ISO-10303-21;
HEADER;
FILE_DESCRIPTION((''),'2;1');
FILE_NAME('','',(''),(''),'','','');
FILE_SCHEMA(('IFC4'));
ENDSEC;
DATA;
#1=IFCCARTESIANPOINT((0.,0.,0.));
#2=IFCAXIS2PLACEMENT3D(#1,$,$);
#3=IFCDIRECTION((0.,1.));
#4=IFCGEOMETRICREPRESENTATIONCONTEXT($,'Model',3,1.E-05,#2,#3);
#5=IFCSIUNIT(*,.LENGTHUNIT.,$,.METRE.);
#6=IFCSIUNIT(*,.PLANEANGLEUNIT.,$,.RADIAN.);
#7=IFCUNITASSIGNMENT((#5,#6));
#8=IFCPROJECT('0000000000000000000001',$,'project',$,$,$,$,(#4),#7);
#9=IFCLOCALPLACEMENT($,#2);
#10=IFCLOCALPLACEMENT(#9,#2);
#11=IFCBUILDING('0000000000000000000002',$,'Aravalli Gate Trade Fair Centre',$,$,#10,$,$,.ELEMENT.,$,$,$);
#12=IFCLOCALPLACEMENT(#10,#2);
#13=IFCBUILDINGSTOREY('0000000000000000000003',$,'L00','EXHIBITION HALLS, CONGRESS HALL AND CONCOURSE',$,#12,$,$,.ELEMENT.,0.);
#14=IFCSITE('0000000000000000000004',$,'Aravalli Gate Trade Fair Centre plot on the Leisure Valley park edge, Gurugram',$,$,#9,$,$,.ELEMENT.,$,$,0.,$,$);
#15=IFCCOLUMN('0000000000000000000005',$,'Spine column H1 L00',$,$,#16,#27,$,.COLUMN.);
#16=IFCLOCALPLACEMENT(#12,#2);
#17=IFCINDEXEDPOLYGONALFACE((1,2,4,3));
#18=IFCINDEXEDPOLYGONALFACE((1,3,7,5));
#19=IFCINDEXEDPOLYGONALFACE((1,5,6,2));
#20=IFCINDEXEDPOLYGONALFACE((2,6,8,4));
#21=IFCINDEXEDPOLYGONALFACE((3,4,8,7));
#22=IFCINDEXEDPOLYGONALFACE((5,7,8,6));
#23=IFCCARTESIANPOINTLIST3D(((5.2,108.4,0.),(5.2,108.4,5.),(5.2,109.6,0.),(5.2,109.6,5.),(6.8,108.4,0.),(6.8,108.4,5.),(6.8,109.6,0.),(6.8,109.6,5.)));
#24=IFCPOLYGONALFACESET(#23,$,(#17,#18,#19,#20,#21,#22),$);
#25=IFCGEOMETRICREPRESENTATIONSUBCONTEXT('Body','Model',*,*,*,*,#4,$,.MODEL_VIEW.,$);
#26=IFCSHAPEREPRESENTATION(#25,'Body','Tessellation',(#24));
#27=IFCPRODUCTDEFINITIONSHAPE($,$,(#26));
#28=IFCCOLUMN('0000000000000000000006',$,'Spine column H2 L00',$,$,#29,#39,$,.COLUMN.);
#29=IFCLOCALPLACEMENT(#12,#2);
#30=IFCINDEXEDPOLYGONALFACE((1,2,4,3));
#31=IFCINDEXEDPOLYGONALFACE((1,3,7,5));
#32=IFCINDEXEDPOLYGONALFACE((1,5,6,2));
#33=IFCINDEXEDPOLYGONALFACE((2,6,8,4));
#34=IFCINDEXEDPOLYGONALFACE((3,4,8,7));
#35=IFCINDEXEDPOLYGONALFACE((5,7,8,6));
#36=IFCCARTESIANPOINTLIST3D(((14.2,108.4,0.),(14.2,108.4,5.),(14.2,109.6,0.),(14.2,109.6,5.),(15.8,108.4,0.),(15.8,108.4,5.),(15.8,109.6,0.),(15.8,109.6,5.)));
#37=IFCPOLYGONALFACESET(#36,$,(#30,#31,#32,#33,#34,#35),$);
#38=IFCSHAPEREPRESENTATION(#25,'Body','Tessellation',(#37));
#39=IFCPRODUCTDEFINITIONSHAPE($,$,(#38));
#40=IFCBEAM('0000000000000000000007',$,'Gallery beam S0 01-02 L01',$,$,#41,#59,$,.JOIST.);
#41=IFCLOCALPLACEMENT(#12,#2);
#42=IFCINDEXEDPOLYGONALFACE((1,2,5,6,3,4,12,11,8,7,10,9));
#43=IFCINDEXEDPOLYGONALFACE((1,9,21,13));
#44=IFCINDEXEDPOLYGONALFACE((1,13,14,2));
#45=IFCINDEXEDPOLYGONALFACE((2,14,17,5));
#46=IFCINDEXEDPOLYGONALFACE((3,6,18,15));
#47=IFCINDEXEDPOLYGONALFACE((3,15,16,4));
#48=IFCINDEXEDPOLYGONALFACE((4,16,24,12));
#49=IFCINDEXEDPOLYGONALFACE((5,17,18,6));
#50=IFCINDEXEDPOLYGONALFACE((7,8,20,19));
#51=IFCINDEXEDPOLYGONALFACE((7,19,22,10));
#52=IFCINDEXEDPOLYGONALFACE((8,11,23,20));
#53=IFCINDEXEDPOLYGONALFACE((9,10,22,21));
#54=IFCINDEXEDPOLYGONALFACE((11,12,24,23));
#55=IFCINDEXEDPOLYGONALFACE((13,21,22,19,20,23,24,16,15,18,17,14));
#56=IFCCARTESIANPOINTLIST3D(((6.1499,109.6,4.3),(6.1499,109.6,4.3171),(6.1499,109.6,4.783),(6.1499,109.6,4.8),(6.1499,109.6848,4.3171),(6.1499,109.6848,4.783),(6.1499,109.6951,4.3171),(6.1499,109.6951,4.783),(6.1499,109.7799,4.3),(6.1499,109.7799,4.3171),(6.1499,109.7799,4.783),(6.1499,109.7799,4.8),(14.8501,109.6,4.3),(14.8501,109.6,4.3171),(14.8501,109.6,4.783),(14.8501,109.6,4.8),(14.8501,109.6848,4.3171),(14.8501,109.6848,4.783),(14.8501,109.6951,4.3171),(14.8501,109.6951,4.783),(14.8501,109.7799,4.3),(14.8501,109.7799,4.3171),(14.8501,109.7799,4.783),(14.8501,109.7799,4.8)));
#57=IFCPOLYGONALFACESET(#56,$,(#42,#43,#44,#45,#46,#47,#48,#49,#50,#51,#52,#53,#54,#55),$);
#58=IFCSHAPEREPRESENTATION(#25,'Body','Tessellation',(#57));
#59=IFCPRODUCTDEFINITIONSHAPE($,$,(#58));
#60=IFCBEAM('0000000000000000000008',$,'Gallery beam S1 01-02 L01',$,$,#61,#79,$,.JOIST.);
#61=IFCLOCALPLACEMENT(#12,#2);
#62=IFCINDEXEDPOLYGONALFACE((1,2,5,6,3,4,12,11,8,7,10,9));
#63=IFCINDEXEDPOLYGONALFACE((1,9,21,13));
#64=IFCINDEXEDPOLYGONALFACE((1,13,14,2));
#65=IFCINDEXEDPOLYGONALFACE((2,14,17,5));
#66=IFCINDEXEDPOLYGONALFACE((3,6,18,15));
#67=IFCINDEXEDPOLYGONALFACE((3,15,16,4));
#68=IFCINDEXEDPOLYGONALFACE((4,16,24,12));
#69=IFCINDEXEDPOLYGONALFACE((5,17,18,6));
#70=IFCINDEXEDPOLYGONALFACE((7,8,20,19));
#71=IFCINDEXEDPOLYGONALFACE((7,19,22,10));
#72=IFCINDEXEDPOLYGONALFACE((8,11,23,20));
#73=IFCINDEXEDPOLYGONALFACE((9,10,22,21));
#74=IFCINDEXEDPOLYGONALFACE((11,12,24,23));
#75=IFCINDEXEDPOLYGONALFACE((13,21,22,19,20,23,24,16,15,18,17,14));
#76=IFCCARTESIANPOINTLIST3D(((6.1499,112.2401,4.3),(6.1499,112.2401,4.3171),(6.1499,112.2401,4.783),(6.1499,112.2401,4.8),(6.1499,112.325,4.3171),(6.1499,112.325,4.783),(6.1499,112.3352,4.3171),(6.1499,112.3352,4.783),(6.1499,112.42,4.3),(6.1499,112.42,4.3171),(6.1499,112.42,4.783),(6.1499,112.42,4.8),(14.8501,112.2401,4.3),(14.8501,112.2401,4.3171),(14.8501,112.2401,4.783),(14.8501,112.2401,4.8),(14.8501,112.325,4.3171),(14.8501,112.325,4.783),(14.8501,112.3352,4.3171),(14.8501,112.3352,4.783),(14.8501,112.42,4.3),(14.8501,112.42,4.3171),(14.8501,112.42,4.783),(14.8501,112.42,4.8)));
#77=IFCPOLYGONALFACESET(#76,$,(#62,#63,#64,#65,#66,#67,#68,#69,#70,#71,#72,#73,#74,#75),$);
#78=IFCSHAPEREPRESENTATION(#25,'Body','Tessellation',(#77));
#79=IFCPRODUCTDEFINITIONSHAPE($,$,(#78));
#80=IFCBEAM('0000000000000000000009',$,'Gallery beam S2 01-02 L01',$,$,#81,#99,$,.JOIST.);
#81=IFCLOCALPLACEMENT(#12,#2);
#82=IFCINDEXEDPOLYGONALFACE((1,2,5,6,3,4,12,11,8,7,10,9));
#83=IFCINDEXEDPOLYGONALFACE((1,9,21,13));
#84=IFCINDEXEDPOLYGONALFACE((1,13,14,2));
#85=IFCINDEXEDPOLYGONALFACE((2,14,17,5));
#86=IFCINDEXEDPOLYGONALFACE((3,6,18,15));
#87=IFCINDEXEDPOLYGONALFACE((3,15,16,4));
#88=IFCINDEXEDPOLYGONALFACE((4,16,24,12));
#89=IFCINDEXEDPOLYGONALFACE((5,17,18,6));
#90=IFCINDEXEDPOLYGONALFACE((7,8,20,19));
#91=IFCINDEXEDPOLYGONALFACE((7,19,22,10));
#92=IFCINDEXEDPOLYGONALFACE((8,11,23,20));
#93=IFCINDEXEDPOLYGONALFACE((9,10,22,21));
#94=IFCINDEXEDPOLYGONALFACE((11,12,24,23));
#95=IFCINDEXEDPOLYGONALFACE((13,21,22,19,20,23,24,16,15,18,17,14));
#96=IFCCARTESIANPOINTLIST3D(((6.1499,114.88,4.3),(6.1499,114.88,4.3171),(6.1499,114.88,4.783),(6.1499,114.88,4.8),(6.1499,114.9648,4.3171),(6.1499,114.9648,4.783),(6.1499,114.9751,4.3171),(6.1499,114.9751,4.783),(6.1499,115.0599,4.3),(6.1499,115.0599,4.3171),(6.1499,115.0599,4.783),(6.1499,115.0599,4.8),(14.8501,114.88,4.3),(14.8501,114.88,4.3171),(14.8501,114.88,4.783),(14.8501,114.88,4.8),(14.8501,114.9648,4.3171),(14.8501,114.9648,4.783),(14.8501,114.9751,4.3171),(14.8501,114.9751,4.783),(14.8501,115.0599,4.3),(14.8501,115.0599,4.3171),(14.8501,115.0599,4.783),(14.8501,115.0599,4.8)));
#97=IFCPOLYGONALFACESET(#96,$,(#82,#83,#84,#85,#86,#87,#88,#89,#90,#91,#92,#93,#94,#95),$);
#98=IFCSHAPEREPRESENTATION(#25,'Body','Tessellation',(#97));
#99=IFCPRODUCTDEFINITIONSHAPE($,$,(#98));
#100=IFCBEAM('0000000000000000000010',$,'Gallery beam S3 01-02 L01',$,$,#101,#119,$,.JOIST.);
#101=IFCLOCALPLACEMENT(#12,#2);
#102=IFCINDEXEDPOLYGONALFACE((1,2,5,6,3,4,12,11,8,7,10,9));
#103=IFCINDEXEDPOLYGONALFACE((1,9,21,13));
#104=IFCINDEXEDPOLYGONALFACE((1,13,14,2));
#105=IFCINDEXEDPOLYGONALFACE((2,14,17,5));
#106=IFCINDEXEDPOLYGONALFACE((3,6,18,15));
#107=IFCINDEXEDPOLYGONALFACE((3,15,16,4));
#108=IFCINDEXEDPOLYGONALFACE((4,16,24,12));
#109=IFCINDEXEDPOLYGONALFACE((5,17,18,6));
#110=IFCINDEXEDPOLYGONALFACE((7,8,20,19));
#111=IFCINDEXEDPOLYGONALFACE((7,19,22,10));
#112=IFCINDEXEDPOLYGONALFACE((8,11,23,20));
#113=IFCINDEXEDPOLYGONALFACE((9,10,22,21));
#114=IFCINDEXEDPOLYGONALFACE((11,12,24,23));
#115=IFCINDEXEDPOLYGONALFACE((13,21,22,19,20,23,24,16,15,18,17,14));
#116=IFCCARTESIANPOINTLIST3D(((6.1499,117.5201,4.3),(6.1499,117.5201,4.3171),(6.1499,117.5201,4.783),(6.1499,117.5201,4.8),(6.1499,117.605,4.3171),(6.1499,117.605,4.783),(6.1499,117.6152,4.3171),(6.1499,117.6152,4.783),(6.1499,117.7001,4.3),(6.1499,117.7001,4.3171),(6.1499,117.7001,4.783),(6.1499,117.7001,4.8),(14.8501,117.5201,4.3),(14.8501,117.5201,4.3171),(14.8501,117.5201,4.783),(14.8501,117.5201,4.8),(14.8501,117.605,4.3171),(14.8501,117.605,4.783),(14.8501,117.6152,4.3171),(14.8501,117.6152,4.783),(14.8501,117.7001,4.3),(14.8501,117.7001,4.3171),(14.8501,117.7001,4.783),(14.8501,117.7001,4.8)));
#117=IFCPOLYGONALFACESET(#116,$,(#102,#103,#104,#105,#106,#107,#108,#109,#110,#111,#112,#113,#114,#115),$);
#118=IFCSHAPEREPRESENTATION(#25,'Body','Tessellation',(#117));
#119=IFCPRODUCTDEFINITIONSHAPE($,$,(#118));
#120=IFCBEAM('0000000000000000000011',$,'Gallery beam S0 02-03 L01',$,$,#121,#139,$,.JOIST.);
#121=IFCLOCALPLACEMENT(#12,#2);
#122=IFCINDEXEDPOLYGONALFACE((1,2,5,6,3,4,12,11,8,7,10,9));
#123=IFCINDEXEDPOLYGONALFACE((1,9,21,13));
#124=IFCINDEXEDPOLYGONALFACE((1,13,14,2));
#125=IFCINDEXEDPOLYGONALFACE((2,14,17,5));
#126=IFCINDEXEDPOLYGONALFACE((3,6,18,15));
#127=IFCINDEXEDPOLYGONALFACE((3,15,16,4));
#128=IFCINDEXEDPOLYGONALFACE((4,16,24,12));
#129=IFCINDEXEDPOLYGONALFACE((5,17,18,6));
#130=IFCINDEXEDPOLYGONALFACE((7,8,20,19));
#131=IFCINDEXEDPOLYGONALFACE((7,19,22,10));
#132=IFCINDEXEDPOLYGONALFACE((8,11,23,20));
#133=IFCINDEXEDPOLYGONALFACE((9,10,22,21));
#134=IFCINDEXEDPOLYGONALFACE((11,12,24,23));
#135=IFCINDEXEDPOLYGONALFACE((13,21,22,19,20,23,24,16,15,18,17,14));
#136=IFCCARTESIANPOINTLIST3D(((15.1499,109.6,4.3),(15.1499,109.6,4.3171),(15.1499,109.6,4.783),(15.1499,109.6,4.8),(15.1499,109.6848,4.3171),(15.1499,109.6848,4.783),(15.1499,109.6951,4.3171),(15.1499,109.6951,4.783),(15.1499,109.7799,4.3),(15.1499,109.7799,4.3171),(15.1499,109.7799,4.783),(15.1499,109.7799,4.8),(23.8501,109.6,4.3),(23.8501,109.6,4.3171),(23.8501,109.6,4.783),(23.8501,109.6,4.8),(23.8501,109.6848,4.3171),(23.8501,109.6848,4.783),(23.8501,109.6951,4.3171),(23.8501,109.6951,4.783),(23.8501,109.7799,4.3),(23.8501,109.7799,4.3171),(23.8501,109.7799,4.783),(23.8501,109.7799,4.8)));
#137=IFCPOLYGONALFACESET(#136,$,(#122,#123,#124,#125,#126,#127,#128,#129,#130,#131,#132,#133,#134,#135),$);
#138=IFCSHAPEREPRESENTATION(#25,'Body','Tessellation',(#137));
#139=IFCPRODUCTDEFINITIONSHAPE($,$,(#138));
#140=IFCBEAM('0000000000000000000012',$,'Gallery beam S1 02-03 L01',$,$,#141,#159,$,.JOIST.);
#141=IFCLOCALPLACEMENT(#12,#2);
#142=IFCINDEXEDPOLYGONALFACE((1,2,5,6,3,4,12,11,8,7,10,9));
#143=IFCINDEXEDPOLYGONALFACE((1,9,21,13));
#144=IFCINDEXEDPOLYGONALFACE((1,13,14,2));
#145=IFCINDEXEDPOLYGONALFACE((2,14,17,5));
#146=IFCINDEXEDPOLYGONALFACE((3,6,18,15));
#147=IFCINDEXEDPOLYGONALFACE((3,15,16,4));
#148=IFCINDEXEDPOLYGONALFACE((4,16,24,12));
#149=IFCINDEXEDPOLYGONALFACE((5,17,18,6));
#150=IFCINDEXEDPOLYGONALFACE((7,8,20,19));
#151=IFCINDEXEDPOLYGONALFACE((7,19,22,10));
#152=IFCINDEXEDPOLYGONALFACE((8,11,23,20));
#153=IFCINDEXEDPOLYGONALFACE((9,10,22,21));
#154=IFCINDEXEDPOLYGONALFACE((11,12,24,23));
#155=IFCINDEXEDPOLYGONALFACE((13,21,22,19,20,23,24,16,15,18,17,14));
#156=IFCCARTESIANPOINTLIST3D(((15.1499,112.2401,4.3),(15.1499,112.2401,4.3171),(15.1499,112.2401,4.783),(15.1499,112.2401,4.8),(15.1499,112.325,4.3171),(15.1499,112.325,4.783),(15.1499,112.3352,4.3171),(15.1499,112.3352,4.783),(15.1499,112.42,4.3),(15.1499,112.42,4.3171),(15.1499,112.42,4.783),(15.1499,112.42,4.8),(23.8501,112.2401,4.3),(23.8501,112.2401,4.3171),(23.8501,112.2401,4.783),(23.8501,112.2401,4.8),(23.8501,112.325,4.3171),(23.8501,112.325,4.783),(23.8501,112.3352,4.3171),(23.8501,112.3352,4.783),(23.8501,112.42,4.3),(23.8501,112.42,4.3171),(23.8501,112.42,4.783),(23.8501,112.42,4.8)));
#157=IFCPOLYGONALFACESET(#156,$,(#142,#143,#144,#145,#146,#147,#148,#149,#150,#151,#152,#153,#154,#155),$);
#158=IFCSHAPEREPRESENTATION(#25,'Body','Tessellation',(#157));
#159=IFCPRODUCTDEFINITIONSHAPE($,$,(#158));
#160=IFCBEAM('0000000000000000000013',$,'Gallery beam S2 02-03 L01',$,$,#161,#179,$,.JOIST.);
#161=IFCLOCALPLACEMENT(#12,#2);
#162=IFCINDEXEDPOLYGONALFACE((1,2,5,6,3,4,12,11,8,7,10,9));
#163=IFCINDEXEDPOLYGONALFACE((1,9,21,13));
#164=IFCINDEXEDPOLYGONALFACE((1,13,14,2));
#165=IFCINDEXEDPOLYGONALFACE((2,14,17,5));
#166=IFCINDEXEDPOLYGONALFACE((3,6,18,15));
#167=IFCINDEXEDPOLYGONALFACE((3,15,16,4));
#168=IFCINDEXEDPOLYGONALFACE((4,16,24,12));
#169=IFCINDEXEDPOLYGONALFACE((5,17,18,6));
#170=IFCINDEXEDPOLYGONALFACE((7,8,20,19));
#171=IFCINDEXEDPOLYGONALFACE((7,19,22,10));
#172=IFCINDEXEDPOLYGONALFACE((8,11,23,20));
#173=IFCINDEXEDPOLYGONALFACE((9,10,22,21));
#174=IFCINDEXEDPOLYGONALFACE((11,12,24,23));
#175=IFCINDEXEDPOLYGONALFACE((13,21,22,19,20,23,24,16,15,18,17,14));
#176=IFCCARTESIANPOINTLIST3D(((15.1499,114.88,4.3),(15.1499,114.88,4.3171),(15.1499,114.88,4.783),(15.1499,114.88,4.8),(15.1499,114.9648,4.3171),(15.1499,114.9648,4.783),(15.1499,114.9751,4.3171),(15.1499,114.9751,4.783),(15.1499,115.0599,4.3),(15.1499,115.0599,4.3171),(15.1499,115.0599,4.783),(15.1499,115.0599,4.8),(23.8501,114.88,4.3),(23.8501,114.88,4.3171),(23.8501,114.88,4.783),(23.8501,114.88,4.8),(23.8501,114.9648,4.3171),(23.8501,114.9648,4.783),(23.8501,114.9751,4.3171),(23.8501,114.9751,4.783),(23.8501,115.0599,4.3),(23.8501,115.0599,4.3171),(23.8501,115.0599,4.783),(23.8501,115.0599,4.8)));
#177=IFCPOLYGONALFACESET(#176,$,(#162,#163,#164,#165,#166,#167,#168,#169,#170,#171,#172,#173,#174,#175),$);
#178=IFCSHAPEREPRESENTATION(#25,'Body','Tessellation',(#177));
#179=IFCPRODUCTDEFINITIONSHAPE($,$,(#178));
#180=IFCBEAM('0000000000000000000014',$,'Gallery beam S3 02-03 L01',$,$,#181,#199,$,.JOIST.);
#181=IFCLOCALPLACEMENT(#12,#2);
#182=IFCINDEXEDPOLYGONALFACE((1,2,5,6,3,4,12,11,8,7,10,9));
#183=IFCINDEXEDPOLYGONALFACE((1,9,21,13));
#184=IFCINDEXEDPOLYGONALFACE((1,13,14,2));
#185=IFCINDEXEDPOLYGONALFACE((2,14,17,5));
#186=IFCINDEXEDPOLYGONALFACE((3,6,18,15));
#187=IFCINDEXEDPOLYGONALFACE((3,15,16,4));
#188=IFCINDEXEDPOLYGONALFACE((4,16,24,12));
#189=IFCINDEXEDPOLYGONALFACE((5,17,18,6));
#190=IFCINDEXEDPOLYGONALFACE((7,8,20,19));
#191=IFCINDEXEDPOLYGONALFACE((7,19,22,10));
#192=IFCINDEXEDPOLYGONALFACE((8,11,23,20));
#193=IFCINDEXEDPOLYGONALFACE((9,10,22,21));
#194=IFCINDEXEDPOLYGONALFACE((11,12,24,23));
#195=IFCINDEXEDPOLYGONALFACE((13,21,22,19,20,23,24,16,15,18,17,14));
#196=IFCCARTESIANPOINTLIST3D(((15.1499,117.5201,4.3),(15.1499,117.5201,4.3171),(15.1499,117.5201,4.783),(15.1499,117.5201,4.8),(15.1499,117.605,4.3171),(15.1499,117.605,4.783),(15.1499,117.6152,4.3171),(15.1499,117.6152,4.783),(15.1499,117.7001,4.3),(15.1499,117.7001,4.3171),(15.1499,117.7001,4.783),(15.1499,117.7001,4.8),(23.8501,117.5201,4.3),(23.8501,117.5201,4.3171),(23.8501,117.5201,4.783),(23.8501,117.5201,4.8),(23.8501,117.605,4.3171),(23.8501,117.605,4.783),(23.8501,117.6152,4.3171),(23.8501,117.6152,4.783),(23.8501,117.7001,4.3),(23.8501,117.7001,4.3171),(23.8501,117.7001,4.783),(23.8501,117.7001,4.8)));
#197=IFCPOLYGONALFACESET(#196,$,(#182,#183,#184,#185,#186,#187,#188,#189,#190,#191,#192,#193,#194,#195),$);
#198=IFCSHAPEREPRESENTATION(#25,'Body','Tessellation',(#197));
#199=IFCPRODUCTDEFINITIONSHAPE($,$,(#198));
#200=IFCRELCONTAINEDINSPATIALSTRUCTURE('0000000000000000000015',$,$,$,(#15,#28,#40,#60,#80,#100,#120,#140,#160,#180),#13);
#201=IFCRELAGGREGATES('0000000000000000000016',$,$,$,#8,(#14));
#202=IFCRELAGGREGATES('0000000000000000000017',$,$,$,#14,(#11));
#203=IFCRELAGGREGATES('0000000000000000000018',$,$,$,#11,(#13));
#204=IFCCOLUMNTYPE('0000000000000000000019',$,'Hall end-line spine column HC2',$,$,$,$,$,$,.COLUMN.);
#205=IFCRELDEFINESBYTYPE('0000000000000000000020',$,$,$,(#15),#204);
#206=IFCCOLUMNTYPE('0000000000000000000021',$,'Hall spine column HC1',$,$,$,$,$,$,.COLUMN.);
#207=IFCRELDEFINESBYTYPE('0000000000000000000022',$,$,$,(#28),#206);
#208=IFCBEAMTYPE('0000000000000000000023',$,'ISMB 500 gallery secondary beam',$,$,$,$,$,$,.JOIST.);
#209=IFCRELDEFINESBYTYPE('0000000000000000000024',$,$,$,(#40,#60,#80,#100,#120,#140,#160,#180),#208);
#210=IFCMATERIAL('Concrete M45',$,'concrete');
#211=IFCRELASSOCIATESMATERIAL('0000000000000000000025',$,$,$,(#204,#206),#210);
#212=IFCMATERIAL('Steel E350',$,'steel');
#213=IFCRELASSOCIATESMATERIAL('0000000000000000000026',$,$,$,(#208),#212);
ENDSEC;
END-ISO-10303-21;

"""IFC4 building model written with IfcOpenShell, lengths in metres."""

from ifc_helpers import new_model, si_unit, direction, frame, origin, origin_2d, place, context, subcontext, project, spatial, rectangle, i_section, extrude, material, material_profile, profile_set, type_object, element, save


model = new_model("IFC4")

# Units and contexts
model_context = context("Model", 3, precision=1e-05, world=origin(), true_north=direction((0.0, 1.0)))
body_context = subcontext(model_context, "Body", "Model", "MODEL_VIEW")
ifc_project = project(units=[si_unit("LENGTHUNIT", "METRE"), si_unit("PLANEANGLEUNIT", "RADIAN")], contexts=[model_context])

# Site, building, storey
site_placement = place(None, origin())
site = spatial("IfcSite", under=ifc_project, at=site_placement, Name="Aravalli Gate Trade Fair Centre plot on the Leisure Valley park edge, Gurugram", CompositionType="ELEMENT", RefElevation=0.0)
building_placement = place(site_placement, origin())
building = spatial("IfcBuilding", under=site, at=building_placement, Name="Aravalli Gate Trade Fair Centre", CompositionType="ELEMENT")
storey_placement = place(building_placement, origin())
storey = spatial("IfcBuildingStorey", under=building, at=storey_placement, Name="L00", Description="EXHIBITION HALLS, CONGRESS HALL AND CONCOURSE", CompositionType="ELEMENT", Elevation=0.0)

# Columns
ifc_material_1 = material(Name="Concrete M45", Category="concrete")
ifc_material_profile_1 = material_profile(ifc_material_1, rectangle(XDim=1.6001, YDim=1.2, at=origin_2d()), Name="RC 1600x1200")
ifc_profile_set_1 = profile_set([ifc_material_profile_1], Name="Concrete M45")
column_type_1 = type_object("IfcColumnType", Name="Hall end-line spine column HC2", PredefinedType="COLUMN", material=ifc_profile_set_1)
column_1_placement = place(storey_placement, frame((6.0, 109.0, 0.0), z_axis=(0.0, 0.0, 1.0), x_axis=(1.0, 0.0, 0.0)))
element("IfcColumn", 1, at=column_1_placement, inside=storey, type_object=column_type_1, Name="Spine column H1 L00", PredefinedType="COLUMN", context=body_context, shape_type="SweptSolid", body=[
    extrude(rectangle(XDim=1.6001, YDim=1.2, at=origin_2d()), origin(), (0.0, 0.0, 1.0), 5.0),
])
ifc_material_profile_2 = material_profile(ifc_material_1, rectangle(XDim=1.6001, YDim=1.2, at=origin_2d()), Name="RC 1600x1200")
ifc_profile_set_2 = profile_set([ifc_material_profile_2], Name="Concrete M45")
column_type_2 = type_object("IfcColumnType", Name="Hall spine column HC1", PredefinedType="COLUMN", material=ifc_profile_set_2)
column_2_placement = place(storey_placement, frame((15.0, 109.0, 0.0), z_axis=(0.0, 0.0, 1.0), x_axis=(1.0, 0.0, 0.0)))
element("IfcColumn", 2, at=column_2_placement, inside=storey, type_object=column_type_2, Name="Spine column H2 L00", PredefinedType="COLUMN", context=body_context, shape_type="SweptSolid", body=[
    extrude(rectangle(XDim=1.6001, YDim=1.2, at=origin_2d()), origin(), (0.0, 0.0, 1.0), 5.0),
])

# Beams
ifc_material_2 = material(Name="Steel E350", Category="steel")
ifc_material_profile_3 = material_profile(ifc_material_2, i_section(OverallWidth=0.1799, OverallDepth=0.5, WebThickness=0.0103, FlangeThickness=0.0171, at=origin_2d()), Name="ISMB 500")
ifc_profile_set_3 = profile_set([ifc_material_profile_3], Name="Steel E350")
beam_type_1 = type_object("IfcBeamType", Name="ISMB 500 gallery secondary beam", PredefinedType="JOIST", material=ifc_profile_set_3)
for number, where, z_axis, x_axis, name in (
    (3, (6.1499, 109.6899, 4.55), (1.0, 0.0, 0.0), (0.0, 1.0, 0.0), "Gallery beam S0 01-02 L01"),
    (4, (6.1499, 112.3301, 4.55), (1.0, 0.0, 0.0), (0.0, 1.0, 0.0), "Gallery beam S1 01-02 L01"),
    (5, (6.1499, 114.97, 4.55), (1.0, 0.0, 0.0), (0.0, 1.0, 0.0), "Gallery beam S2 01-02 L01"),
    (6, (6.1499, 117.6101, 4.55), (1.0, 0.0, 0.0), (0.0, 1.0, 0.0), "Gallery beam S3 01-02 L01"),
    (7, (15.1499, 109.6899, 4.55), (1.0, 0.0, 0.0), (0.0, 1.0, 0.0), "Gallery beam S0 02-03 L01"),
    (8, (15.1499, 112.3301, 4.55), (1.0, 0.0, 0.0), (0.0, 1.0, 0.0), "Gallery beam S1 02-03 L01"),
    (9, (15.1499, 114.97, 4.55), (1.0, 0.0, 0.0), (0.0, 1.0, 0.0), "Gallery beam S2 02-03 L01"),
    (10, (15.1499, 117.6101, 4.55), (1.0, 0.0, 0.0), (0.0, 1.0, 0.0), "Gallery beam S3 02-03 L01"),
):
    element("IfcBeam", number, at=place(storey_placement, frame(where, z_axis=z_axis, x_axis=x_axis)), inside=storey, type_object=beam_type_1, Name=name, PredefinedType="JOIST", context=body_context, shape_type="SweptSolid", body=[
        extrude(i_section(OverallWidth=0.1799, OverallDepth=0.5, WebThickness=0.0103, FlangeThickness=0.0171, at=origin_2d()), origin(), (0.0, 0.0, 1.0), 8.7002),
    ])

save(model, "model.ifc")
